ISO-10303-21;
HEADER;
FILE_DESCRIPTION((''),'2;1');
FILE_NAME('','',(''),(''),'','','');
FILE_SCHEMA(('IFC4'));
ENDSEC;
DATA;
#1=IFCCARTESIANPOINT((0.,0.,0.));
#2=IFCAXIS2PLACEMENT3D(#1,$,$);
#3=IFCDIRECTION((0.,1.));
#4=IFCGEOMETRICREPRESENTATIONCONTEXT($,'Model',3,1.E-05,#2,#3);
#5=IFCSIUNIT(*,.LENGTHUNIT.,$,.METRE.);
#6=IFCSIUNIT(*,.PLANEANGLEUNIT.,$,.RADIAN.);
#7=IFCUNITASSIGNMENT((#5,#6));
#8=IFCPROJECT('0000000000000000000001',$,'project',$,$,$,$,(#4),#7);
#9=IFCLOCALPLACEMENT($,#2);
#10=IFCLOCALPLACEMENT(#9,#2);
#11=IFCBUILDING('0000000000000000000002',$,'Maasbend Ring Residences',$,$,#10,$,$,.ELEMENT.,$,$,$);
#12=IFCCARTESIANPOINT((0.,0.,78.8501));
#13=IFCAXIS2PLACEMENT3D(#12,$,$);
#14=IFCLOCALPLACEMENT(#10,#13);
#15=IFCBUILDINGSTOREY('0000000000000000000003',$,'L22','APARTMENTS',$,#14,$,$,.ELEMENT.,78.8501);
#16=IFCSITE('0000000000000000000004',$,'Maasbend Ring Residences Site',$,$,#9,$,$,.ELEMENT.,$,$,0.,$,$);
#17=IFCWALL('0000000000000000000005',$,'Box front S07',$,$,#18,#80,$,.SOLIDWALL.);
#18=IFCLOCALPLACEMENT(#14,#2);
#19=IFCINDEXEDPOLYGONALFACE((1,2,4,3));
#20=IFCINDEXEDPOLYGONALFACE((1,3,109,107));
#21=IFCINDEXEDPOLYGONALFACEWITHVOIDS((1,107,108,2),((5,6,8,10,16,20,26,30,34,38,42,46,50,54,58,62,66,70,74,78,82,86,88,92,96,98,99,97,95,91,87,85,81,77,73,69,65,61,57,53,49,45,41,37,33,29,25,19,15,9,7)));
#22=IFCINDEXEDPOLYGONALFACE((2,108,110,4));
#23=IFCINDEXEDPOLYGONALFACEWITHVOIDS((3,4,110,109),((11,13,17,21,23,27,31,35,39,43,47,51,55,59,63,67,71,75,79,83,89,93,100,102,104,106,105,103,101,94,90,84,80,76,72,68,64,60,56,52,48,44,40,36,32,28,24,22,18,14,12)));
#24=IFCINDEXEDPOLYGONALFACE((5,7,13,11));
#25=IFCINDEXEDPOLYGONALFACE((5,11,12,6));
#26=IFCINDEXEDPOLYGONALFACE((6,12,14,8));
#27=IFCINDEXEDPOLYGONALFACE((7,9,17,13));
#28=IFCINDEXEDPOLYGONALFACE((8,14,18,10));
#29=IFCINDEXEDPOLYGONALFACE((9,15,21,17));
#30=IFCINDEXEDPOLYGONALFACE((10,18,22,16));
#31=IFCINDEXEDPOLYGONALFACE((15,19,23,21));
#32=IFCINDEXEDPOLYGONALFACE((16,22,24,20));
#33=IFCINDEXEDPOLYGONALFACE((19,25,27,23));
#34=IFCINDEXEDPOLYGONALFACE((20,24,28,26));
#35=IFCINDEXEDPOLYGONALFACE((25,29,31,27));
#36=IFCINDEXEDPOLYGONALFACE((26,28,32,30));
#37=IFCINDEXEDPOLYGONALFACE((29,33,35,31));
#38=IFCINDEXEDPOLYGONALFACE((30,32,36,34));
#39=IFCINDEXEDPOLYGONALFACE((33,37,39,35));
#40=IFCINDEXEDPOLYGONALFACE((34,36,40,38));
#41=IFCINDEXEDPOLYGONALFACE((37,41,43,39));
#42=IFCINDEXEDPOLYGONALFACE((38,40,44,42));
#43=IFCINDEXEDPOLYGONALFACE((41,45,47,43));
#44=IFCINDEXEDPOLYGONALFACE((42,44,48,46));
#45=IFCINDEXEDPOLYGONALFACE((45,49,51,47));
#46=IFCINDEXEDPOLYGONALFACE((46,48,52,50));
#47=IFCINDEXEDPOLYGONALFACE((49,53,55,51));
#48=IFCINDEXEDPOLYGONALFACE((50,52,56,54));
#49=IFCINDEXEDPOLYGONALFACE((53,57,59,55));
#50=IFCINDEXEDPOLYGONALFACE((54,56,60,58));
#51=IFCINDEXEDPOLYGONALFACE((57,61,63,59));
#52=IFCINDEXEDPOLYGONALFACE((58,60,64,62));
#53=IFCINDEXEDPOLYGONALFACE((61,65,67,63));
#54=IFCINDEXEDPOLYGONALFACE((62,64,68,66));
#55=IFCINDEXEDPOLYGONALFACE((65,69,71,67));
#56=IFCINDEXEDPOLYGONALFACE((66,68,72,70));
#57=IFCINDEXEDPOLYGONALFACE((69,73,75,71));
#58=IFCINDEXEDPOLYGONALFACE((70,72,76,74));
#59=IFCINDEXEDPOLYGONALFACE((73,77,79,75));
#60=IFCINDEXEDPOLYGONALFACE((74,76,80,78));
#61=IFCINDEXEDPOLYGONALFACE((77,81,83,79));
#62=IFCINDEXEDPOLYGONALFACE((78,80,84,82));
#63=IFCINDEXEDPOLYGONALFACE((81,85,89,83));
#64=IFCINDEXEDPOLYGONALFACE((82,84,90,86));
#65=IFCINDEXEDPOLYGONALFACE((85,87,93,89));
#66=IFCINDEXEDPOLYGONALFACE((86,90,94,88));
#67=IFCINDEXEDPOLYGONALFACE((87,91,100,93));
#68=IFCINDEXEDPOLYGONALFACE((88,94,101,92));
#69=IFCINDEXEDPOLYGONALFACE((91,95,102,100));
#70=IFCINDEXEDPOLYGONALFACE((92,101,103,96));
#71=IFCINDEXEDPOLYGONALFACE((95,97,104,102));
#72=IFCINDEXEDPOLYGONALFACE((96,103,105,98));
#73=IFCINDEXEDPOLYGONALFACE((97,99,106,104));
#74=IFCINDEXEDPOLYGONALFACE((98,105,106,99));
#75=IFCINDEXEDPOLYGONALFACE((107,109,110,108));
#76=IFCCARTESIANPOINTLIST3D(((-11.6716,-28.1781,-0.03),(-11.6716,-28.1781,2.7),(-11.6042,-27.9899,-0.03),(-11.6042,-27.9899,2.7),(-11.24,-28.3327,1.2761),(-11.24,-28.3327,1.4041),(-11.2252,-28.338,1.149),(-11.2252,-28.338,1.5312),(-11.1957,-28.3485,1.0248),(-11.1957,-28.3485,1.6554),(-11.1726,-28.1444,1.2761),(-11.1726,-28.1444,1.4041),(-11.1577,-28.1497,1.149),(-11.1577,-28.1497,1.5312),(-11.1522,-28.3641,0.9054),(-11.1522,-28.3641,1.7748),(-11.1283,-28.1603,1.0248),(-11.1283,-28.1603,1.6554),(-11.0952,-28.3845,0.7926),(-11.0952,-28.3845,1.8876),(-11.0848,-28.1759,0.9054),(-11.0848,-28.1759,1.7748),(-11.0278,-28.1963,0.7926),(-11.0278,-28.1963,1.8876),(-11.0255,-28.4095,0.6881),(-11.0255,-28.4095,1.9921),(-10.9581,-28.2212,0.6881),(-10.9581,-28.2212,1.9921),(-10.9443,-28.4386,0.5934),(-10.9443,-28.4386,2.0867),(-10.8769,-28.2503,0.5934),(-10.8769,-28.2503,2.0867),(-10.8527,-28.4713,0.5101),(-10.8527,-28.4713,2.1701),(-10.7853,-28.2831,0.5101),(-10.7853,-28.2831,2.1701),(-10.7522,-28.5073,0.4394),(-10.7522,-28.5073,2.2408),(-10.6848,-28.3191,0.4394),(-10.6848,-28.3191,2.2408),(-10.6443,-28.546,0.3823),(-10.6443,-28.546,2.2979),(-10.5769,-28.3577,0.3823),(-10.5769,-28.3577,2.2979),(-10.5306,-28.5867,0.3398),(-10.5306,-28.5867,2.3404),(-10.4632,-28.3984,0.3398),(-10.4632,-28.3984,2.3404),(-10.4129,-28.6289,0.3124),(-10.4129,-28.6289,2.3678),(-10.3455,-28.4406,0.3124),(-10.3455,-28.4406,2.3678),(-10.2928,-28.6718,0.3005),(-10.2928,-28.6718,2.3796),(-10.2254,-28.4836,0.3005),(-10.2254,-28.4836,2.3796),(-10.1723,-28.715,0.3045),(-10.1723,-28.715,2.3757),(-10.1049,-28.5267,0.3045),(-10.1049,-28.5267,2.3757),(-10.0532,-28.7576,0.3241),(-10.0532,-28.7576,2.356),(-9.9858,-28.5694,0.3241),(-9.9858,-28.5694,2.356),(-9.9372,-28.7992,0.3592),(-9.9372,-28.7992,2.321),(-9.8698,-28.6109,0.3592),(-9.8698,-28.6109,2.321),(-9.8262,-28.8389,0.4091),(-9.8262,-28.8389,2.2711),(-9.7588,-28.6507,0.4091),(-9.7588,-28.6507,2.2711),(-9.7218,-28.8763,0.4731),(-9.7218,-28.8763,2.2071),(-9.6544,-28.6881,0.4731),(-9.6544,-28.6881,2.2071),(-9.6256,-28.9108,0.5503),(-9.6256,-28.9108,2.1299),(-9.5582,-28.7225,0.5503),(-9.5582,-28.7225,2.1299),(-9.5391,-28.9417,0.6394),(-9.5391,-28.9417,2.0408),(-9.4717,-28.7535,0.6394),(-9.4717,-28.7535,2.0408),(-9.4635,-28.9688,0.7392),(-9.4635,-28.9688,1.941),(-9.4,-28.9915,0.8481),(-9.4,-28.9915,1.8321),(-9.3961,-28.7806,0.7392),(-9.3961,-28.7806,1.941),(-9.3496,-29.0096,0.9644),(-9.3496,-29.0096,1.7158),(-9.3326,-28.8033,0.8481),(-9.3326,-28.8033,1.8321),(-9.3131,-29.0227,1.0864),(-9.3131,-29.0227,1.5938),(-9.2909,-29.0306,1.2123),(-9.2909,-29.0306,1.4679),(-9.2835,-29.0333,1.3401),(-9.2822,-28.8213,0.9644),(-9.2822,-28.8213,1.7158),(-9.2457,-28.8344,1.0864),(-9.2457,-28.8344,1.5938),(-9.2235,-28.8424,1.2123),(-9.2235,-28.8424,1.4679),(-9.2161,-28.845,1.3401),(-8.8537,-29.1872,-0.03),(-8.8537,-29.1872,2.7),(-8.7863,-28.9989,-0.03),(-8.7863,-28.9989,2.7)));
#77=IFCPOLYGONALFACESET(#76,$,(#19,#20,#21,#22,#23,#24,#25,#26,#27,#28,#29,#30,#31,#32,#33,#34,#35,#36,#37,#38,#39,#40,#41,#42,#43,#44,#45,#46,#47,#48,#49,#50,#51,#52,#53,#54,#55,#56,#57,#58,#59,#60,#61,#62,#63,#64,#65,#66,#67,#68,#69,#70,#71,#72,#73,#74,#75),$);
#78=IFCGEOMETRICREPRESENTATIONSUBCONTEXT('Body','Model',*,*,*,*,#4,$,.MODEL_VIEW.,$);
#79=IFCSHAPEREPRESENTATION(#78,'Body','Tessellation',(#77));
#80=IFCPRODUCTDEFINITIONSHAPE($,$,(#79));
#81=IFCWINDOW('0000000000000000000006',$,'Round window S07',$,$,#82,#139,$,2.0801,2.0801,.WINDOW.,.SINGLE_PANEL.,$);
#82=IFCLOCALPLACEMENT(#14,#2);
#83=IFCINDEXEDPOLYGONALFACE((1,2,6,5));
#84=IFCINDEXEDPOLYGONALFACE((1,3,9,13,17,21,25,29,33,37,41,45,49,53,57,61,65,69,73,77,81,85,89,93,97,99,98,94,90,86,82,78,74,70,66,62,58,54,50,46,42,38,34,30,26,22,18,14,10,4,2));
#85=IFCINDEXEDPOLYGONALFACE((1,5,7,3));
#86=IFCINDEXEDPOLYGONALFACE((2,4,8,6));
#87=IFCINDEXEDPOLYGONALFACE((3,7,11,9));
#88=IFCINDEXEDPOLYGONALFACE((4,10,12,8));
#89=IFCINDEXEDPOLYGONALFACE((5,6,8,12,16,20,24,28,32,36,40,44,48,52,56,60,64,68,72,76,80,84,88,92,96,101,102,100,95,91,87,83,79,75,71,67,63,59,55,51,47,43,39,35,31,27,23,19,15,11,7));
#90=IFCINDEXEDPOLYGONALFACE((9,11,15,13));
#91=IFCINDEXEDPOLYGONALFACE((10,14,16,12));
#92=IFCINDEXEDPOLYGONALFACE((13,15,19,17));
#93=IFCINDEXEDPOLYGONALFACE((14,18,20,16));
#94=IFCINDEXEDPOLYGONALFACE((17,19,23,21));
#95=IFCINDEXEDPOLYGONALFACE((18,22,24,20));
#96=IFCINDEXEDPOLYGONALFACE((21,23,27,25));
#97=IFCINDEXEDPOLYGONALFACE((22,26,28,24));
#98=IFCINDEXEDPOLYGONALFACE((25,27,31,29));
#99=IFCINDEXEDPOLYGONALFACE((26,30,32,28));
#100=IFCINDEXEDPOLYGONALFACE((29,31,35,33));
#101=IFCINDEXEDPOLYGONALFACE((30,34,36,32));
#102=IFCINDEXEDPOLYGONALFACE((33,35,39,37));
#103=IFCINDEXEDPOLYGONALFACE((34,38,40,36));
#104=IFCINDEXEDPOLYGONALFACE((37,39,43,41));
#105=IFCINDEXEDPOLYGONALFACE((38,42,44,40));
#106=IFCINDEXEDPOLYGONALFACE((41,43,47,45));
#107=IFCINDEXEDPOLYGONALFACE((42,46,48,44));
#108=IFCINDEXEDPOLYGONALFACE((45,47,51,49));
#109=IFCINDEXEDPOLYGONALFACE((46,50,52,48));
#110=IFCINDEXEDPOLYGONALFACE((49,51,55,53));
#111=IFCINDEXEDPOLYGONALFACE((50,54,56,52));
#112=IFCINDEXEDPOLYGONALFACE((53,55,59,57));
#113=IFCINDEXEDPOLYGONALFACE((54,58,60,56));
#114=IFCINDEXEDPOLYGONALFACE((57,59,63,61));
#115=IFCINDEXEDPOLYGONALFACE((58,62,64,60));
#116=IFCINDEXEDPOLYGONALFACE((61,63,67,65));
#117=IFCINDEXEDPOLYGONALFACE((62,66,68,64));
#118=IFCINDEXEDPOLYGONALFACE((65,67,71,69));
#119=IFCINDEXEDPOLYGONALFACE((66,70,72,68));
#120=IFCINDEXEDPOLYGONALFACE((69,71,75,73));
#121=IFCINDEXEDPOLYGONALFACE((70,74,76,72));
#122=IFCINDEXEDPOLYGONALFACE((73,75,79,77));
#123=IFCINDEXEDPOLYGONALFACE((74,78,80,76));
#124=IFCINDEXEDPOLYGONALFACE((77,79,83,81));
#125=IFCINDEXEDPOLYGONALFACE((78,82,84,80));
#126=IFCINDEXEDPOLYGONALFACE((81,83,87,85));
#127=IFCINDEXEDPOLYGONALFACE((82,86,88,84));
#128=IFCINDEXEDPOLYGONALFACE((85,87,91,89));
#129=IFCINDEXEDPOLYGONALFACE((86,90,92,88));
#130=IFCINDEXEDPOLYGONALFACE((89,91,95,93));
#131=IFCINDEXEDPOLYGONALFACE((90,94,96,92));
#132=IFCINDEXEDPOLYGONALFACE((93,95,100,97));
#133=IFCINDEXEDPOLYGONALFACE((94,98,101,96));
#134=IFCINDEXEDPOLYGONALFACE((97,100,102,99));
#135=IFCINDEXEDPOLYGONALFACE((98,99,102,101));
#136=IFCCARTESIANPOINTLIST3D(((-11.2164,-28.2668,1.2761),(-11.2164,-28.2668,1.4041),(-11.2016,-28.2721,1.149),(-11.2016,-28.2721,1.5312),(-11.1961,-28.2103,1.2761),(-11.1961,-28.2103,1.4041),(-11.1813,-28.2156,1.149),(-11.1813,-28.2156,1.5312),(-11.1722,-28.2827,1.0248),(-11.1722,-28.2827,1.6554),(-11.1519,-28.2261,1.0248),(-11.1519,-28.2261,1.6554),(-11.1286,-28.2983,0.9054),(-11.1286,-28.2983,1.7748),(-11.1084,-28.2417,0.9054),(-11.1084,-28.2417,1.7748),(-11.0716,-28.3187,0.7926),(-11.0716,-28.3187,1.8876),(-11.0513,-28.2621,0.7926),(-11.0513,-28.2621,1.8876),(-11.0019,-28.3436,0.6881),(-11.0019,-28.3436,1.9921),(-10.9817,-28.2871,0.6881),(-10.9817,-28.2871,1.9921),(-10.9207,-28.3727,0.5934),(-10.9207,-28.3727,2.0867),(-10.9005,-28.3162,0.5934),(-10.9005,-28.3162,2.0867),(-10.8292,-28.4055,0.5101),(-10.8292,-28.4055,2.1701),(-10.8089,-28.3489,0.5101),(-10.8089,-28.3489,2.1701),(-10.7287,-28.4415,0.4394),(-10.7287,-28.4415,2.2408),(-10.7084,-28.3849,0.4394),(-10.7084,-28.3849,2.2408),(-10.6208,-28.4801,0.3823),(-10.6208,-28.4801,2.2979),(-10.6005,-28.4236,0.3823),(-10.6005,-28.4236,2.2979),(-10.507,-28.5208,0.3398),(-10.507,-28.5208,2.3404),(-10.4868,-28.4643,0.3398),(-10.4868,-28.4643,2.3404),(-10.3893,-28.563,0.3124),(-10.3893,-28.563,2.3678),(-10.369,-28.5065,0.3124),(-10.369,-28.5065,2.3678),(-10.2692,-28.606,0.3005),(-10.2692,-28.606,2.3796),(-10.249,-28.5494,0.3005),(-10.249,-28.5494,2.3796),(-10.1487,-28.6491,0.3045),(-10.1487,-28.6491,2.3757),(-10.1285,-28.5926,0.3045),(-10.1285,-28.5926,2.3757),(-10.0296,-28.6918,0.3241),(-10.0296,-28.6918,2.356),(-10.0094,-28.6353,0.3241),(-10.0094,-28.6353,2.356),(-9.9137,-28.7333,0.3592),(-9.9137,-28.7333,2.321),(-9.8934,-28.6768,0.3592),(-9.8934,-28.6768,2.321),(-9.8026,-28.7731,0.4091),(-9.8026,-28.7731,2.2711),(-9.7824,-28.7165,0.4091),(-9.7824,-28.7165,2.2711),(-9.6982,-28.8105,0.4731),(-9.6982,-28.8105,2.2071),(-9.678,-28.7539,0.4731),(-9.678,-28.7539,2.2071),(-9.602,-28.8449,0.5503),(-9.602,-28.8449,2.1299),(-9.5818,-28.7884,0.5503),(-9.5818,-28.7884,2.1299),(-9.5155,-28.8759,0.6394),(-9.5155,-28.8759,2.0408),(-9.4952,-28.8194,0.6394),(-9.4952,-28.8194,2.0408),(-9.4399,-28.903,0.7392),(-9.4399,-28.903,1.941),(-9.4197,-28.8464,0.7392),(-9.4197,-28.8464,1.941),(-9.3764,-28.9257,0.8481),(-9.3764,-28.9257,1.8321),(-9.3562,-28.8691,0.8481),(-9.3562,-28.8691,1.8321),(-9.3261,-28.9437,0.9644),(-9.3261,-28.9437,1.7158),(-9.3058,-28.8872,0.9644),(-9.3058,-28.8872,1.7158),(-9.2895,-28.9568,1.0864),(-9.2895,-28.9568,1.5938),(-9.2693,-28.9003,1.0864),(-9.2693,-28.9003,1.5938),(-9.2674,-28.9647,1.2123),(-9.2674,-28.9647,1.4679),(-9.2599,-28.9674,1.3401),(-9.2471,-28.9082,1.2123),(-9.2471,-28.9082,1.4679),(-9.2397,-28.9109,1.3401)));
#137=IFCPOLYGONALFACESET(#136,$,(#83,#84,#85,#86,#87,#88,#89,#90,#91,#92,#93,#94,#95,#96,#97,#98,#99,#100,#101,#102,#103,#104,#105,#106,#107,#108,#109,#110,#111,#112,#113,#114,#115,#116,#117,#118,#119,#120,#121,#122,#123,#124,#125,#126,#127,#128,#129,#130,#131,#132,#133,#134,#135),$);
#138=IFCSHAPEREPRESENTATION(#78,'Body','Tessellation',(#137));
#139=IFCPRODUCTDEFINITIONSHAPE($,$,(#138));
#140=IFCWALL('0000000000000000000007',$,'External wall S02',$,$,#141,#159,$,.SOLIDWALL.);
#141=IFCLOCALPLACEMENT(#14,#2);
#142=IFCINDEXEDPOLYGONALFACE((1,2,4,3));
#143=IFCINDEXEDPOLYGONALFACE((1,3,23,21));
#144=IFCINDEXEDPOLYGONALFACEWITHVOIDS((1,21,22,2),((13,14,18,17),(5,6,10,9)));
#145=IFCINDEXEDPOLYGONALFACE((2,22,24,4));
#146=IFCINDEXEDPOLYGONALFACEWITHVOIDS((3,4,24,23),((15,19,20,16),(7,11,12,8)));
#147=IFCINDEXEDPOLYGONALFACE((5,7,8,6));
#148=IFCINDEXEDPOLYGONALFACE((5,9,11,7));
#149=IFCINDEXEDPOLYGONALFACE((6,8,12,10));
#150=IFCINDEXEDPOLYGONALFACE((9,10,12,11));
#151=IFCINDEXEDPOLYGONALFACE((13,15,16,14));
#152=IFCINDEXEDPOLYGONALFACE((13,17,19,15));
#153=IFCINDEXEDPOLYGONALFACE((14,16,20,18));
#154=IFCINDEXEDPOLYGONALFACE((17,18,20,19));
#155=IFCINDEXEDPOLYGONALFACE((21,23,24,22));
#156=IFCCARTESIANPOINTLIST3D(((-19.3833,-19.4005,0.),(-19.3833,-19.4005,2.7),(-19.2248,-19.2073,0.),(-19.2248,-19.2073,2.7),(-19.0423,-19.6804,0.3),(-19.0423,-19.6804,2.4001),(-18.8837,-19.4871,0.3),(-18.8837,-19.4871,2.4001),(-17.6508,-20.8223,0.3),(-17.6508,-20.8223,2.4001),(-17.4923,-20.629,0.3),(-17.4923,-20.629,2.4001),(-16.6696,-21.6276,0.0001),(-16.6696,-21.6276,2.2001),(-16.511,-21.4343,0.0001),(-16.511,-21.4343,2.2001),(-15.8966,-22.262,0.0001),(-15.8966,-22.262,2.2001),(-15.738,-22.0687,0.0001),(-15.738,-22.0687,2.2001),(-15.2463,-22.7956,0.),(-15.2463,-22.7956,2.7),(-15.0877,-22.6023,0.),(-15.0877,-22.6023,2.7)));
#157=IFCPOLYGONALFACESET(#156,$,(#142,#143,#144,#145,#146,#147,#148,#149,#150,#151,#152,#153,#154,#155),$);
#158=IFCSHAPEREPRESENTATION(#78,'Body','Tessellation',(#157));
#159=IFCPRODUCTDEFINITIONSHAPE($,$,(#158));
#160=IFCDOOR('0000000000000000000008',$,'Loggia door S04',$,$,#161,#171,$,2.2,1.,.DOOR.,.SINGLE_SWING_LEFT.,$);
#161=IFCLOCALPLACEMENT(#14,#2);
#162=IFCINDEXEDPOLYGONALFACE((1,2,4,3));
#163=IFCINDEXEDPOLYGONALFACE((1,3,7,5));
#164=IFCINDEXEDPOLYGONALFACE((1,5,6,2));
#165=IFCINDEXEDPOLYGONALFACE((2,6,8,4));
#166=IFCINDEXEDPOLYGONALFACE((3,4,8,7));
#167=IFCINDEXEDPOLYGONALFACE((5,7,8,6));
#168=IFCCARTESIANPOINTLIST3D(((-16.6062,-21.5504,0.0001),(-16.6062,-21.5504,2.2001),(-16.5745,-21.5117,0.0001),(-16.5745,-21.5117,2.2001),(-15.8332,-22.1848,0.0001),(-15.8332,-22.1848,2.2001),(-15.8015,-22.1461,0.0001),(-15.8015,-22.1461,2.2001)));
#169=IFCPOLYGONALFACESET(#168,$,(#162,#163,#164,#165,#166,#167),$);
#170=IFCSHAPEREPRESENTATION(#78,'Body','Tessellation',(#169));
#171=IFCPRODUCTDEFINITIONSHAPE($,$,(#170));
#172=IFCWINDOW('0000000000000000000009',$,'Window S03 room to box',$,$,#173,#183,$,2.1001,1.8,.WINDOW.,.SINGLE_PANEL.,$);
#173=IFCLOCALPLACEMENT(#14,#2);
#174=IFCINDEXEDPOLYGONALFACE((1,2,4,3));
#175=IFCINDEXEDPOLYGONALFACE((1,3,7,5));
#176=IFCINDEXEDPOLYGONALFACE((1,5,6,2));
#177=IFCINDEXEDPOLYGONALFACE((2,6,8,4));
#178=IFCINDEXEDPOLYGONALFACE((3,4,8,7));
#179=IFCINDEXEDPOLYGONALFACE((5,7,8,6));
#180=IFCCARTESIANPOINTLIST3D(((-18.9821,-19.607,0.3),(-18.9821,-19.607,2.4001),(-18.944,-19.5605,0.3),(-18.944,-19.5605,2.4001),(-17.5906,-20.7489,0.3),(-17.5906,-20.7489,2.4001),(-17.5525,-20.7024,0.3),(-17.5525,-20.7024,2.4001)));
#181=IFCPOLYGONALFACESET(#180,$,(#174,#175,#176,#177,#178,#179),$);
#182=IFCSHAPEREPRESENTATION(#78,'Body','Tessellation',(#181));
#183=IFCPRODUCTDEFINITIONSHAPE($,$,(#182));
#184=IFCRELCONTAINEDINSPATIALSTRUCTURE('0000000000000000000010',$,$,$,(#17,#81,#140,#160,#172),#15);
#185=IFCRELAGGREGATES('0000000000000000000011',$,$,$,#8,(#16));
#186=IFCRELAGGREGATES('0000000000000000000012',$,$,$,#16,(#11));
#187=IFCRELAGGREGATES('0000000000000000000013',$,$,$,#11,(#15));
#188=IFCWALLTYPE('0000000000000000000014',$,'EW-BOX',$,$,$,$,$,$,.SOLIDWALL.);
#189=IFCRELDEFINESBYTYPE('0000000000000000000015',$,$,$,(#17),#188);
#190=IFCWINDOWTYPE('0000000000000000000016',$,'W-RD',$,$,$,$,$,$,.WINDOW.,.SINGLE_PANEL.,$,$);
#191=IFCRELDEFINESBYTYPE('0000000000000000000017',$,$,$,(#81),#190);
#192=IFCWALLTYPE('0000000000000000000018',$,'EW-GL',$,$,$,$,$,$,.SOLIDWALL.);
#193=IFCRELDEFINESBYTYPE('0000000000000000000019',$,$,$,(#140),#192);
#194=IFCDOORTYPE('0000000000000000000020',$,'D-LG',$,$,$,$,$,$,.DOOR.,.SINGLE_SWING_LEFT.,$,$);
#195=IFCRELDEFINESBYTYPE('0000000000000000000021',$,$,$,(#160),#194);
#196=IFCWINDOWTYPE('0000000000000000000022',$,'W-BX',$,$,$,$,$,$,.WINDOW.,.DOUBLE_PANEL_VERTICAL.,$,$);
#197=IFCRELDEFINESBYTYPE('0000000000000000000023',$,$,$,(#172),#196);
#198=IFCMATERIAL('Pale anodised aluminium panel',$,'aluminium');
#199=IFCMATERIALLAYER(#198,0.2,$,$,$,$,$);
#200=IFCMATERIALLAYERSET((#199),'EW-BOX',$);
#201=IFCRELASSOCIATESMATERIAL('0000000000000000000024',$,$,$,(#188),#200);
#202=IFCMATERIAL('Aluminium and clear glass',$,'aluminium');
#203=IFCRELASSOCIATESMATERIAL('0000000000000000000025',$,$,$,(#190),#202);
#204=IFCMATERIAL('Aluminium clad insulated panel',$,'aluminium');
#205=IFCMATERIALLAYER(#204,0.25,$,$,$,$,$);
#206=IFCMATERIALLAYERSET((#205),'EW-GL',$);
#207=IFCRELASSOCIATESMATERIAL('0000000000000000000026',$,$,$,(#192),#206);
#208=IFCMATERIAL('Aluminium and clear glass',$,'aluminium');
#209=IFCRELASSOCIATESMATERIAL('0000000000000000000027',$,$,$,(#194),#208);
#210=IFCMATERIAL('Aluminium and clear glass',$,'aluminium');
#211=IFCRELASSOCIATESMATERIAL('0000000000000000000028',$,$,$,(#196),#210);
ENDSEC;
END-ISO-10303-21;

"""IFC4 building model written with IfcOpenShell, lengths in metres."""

from ifc_helpers import new_model, si_unit, direction, frame, frame_2d, origin, place, context, subcontext, project, spatial, rectangle, circle, extrude, material, layer, layer_set, type_object, element, fill, save


model = new_model("IFC4")

# Units and contexts
model_context = context("Model", 3, precision=1e-05, world=origin(), true_north=direction((0.0, 1.0)))
body_context = subcontext(model_context, "Body", "Model", "MODEL_VIEW")
ifc_project = project(units=[si_unit("LENGTHUNIT", "METRE"), si_unit("PLANEANGLEUNIT", "RADIAN")], contexts=[model_context])

# Site, building, storey
site_placement = place(None, origin())
site = spatial("IfcSite", under=ifc_project, at=site_placement, Name="Maasbend Ring Residences Site", CompositionType="ELEMENT", RefElevation=0.0)
building_placement = place(site_placement, origin())
building = spatial("IfcBuilding", under=site, at=building_placement, Name="Maasbend Ring Residences", CompositionType="ELEMENT")
storey_placement = place(building_placement, frame((0.0, 0.0, 78.8501)))
storey = spatial("IfcBuildingStorey", under=building, at=storey_placement, Name="L22", Description="APARTMENTS", CompositionType="ELEMENT", Elevation=78.8501)

# Shared definitions
ifc_material_1 = material(Name="Pale anodised aluminium panel", Category="aluminium")
ifc_layer_1 = layer(ifc_material_1, 0.2)
ifc_layer_set_1 = layer_set([ifc_layer_1], Name="EW-BOX")
wall_type_1 = type_object("IfcWallType", Name="EW-BOX", PredefinedType="SOLIDWALL", material=ifc_layer_set_1)
ifc_material_2 = material(Name="Aluminium and clear glass", Category="aluminium")
window_type_1 = type_object("IfcWindowType", Name="W-RD", PartitioningType="SINGLE_PANEL", PredefinedType="WINDOW", material=ifc_material_2)

# Wall, opening, window
wall_1_placement = place(storey_placement, frame((-11.6379, -28.084, -0.03), z_axis=(0.0, 0.0, 1.0), x_axis=(0.941461, -0.337122, 0.0)))
wall_1 = element("IfcWall", 1, at=wall_1_placement, inside=storey, type_object=wall_type_1, Name="Box front S07", PredefinedType="SOLIDWALL", context=body_context, shape_type="SweptSolid", body=[
    extrude(rectangle(XDim=2.9932, YDim=0.2, at=frame_2d((1.4966, 0.0))), origin(), (0.0, 0.0, 1.0), 2.73),
])
opening_1_placement = place(wall_1_placement, frame((0.4565, 0.0, 0.3301)))
opening_1 = element("IfcOpeningElement", 2, at=opening_1_placement, cuts=wall_1, PredefinedType="OPENING", context=body_context, shape_type="SweptSolid", body=[
    extrude(circle(Radius=1.04, at=frame_2d((1.04, 1.04))), frame((0.0, 0.1099, 0.0), z_axis=(0.0, -1.0, 0.0), x_axis=(1.0, 0.0, 0.0)), (0.0, 0.0, 1.0), 0.22),
])
window_1_placement = place(opening_1_placement, origin())
window_1 = element("IfcWindow", 3, at=window_1_placement, inside=storey, type_object=window_type_1, Name="Round window S07", OverallHeight=2.0801, OverallWidth=2.0801, PartitioningType="SINGLE_PANEL", PredefinedType="WINDOW", context=body_context, shape_type="SweptSolid", body=[
    extrude(circle(Radius=1.04, at=frame_2d((1.04, 1.04))), frame((0.0, 0.03, 0.0), z_axis=(0.0, -1.0, 0.0), x_axis=(1.0, 0.0, 0.0)), (0.0, 0.0, 1.0), 0.0601),
])
fill(opening_1, window_1)

# Wall, openings, door, window
ifc_material_3 = material(Name="Aluminium clad insulated panel", Category="aluminium")
ifc_layer_2 = layer(ifc_material_3, 0.25)
ifc_layer_set_2 = layer_set([ifc_layer_2], Name="EW-GL")
wall_type_2 = type_object("IfcWallType", Name="EW-GL", PredefinedType="SOLIDWALL", material=ifc_layer_set_2)
wall_2_placement = place(storey_placement, frame((-19.304, -19.304, 0.0), z_axis=(0.0, 0.0, 1.0), x_axis=(0.773019, -0.634382, 0.0)))
wall_2 = element("IfcWall", 4, at=wall_2_placement, inside=storey, type_object=wall_type_2, Name="External wall S02", PredefinedType="SOLIDWALL", context=body_context, shape_type="SweptSolid", body=[
    extrude(rectangle(XDim=5.3518, YDim=0.25, at=frame_2d((2.6758, 0.0))), origin(), (0.0, 0.0, 1.0), 2.7),
])
opening_2_placement = place(wall_2_placement, frame((0.4412, 0.0, 0.3)))
opening_2 = element("IfcOpeningElement", 5, at=opening_2_placement, cuts=wall_2, PredefinedType="OPENING", context=body_context, shape_type="SweptSolid", body=[
    extrude(rectangle(XDim=1.8, YDim=2.1001, at=frame_2d((0.8999, 1.05))), frame((0.0, 0.135, 0.0), z_axis=(0.0, -1.0, 0.0), x_axis=(1.0, 0.0, 0.0)), (0.0, 0.0, 1.0), 0.27),
])
opening_3_placement = place(wall_2_placement, frame((3.5105, 0.0, 0.0)))
opening_3 = element("IfcOpeningElement", 6, at=opening_3_placement, cuts=wall_2, PredefinedType="OPENING", context=body_context, shape_type="SweptSolid", body=[
    extrude(rectangle(XDim=1.0, YDim=2.2, at=frame_2d((0.5, 1.1001))), frame((0.0, 0.135, 0.0), z_axis=(0.0, -1.0, 0.0), x_axis=(1.0, 0.0, 0.0)), (0.0, 0.0, 1.0), 0.27),
])
ifc_material_4 = material(Name="Aluminium and clear glass", Category="aluminium")
door_type_1 = type_object("IfcDoorType", Name="D-LG", OperationType="SINGLE_SWING_LEFT", PredefinedType="DOOR", material=ifc_material_4)
door_1_placement = place(opening_3_placement, origin())
door_1 = element("IfcDoor", 7, at=door_1_placement, inside=storey, type_object=door_type_1, Name="Loggia door S04", OperationType="SINGLE_SWING_LEFT", OverallHeight=2.2, OverallWidth=1.0, PredefinedType="DOOR", context=body_context, shape_type="SweptSolid", body=[
    extrude(rectangle(XDim=1.0, YDim=2.2, at=frame_2d((0.5, 1.1001))), frame((0.0, 0.0249, 0.0), z_axis=(0.0, -1.0, 0.0), x_axis=(1.0, 0.0, 0.0)), (0.0, 0.0, 1.0), 0.05),
])
fill(opening_3, door_1)
ifc_material_5 = material(Name="Aluminium and clear glass", Category="aluminium")
window_type_2 = type_object("IfcWindowType", Name="W-BX", PartitioningType="DOUBLE_PANEL_VERTICAL", PredefinedType="WINDOW", material=ifc_material_5)
window_2_placement = place(opening_2_placement, origin())
window_2 = element("IfcWindow", 8, at=window_2_placement, inside=storey, type_object=window_type_2, Name="Window S03 room to box", OverallHeight=2.1001, OverallWidth=1.8, PartitioningType="SINGLE_PANEL", PredefinedType="WINDOW", context=body_context, shape_type="SweptSolid", body=[
    extrude(rectangle(XDim=1.8, YDim=2.1001, at=frame_2d((0.8999, 1.05))), frame((0.0, 0.03, 0.0), z_axis=(0.0, -1.0, 0.0), x_axis=(1.0, 0.0, 0.0)), (0.0, 0.0, 1.0), 0.0601),
])
fill(opening_2, window_2)

save(model, "model.ifc")
